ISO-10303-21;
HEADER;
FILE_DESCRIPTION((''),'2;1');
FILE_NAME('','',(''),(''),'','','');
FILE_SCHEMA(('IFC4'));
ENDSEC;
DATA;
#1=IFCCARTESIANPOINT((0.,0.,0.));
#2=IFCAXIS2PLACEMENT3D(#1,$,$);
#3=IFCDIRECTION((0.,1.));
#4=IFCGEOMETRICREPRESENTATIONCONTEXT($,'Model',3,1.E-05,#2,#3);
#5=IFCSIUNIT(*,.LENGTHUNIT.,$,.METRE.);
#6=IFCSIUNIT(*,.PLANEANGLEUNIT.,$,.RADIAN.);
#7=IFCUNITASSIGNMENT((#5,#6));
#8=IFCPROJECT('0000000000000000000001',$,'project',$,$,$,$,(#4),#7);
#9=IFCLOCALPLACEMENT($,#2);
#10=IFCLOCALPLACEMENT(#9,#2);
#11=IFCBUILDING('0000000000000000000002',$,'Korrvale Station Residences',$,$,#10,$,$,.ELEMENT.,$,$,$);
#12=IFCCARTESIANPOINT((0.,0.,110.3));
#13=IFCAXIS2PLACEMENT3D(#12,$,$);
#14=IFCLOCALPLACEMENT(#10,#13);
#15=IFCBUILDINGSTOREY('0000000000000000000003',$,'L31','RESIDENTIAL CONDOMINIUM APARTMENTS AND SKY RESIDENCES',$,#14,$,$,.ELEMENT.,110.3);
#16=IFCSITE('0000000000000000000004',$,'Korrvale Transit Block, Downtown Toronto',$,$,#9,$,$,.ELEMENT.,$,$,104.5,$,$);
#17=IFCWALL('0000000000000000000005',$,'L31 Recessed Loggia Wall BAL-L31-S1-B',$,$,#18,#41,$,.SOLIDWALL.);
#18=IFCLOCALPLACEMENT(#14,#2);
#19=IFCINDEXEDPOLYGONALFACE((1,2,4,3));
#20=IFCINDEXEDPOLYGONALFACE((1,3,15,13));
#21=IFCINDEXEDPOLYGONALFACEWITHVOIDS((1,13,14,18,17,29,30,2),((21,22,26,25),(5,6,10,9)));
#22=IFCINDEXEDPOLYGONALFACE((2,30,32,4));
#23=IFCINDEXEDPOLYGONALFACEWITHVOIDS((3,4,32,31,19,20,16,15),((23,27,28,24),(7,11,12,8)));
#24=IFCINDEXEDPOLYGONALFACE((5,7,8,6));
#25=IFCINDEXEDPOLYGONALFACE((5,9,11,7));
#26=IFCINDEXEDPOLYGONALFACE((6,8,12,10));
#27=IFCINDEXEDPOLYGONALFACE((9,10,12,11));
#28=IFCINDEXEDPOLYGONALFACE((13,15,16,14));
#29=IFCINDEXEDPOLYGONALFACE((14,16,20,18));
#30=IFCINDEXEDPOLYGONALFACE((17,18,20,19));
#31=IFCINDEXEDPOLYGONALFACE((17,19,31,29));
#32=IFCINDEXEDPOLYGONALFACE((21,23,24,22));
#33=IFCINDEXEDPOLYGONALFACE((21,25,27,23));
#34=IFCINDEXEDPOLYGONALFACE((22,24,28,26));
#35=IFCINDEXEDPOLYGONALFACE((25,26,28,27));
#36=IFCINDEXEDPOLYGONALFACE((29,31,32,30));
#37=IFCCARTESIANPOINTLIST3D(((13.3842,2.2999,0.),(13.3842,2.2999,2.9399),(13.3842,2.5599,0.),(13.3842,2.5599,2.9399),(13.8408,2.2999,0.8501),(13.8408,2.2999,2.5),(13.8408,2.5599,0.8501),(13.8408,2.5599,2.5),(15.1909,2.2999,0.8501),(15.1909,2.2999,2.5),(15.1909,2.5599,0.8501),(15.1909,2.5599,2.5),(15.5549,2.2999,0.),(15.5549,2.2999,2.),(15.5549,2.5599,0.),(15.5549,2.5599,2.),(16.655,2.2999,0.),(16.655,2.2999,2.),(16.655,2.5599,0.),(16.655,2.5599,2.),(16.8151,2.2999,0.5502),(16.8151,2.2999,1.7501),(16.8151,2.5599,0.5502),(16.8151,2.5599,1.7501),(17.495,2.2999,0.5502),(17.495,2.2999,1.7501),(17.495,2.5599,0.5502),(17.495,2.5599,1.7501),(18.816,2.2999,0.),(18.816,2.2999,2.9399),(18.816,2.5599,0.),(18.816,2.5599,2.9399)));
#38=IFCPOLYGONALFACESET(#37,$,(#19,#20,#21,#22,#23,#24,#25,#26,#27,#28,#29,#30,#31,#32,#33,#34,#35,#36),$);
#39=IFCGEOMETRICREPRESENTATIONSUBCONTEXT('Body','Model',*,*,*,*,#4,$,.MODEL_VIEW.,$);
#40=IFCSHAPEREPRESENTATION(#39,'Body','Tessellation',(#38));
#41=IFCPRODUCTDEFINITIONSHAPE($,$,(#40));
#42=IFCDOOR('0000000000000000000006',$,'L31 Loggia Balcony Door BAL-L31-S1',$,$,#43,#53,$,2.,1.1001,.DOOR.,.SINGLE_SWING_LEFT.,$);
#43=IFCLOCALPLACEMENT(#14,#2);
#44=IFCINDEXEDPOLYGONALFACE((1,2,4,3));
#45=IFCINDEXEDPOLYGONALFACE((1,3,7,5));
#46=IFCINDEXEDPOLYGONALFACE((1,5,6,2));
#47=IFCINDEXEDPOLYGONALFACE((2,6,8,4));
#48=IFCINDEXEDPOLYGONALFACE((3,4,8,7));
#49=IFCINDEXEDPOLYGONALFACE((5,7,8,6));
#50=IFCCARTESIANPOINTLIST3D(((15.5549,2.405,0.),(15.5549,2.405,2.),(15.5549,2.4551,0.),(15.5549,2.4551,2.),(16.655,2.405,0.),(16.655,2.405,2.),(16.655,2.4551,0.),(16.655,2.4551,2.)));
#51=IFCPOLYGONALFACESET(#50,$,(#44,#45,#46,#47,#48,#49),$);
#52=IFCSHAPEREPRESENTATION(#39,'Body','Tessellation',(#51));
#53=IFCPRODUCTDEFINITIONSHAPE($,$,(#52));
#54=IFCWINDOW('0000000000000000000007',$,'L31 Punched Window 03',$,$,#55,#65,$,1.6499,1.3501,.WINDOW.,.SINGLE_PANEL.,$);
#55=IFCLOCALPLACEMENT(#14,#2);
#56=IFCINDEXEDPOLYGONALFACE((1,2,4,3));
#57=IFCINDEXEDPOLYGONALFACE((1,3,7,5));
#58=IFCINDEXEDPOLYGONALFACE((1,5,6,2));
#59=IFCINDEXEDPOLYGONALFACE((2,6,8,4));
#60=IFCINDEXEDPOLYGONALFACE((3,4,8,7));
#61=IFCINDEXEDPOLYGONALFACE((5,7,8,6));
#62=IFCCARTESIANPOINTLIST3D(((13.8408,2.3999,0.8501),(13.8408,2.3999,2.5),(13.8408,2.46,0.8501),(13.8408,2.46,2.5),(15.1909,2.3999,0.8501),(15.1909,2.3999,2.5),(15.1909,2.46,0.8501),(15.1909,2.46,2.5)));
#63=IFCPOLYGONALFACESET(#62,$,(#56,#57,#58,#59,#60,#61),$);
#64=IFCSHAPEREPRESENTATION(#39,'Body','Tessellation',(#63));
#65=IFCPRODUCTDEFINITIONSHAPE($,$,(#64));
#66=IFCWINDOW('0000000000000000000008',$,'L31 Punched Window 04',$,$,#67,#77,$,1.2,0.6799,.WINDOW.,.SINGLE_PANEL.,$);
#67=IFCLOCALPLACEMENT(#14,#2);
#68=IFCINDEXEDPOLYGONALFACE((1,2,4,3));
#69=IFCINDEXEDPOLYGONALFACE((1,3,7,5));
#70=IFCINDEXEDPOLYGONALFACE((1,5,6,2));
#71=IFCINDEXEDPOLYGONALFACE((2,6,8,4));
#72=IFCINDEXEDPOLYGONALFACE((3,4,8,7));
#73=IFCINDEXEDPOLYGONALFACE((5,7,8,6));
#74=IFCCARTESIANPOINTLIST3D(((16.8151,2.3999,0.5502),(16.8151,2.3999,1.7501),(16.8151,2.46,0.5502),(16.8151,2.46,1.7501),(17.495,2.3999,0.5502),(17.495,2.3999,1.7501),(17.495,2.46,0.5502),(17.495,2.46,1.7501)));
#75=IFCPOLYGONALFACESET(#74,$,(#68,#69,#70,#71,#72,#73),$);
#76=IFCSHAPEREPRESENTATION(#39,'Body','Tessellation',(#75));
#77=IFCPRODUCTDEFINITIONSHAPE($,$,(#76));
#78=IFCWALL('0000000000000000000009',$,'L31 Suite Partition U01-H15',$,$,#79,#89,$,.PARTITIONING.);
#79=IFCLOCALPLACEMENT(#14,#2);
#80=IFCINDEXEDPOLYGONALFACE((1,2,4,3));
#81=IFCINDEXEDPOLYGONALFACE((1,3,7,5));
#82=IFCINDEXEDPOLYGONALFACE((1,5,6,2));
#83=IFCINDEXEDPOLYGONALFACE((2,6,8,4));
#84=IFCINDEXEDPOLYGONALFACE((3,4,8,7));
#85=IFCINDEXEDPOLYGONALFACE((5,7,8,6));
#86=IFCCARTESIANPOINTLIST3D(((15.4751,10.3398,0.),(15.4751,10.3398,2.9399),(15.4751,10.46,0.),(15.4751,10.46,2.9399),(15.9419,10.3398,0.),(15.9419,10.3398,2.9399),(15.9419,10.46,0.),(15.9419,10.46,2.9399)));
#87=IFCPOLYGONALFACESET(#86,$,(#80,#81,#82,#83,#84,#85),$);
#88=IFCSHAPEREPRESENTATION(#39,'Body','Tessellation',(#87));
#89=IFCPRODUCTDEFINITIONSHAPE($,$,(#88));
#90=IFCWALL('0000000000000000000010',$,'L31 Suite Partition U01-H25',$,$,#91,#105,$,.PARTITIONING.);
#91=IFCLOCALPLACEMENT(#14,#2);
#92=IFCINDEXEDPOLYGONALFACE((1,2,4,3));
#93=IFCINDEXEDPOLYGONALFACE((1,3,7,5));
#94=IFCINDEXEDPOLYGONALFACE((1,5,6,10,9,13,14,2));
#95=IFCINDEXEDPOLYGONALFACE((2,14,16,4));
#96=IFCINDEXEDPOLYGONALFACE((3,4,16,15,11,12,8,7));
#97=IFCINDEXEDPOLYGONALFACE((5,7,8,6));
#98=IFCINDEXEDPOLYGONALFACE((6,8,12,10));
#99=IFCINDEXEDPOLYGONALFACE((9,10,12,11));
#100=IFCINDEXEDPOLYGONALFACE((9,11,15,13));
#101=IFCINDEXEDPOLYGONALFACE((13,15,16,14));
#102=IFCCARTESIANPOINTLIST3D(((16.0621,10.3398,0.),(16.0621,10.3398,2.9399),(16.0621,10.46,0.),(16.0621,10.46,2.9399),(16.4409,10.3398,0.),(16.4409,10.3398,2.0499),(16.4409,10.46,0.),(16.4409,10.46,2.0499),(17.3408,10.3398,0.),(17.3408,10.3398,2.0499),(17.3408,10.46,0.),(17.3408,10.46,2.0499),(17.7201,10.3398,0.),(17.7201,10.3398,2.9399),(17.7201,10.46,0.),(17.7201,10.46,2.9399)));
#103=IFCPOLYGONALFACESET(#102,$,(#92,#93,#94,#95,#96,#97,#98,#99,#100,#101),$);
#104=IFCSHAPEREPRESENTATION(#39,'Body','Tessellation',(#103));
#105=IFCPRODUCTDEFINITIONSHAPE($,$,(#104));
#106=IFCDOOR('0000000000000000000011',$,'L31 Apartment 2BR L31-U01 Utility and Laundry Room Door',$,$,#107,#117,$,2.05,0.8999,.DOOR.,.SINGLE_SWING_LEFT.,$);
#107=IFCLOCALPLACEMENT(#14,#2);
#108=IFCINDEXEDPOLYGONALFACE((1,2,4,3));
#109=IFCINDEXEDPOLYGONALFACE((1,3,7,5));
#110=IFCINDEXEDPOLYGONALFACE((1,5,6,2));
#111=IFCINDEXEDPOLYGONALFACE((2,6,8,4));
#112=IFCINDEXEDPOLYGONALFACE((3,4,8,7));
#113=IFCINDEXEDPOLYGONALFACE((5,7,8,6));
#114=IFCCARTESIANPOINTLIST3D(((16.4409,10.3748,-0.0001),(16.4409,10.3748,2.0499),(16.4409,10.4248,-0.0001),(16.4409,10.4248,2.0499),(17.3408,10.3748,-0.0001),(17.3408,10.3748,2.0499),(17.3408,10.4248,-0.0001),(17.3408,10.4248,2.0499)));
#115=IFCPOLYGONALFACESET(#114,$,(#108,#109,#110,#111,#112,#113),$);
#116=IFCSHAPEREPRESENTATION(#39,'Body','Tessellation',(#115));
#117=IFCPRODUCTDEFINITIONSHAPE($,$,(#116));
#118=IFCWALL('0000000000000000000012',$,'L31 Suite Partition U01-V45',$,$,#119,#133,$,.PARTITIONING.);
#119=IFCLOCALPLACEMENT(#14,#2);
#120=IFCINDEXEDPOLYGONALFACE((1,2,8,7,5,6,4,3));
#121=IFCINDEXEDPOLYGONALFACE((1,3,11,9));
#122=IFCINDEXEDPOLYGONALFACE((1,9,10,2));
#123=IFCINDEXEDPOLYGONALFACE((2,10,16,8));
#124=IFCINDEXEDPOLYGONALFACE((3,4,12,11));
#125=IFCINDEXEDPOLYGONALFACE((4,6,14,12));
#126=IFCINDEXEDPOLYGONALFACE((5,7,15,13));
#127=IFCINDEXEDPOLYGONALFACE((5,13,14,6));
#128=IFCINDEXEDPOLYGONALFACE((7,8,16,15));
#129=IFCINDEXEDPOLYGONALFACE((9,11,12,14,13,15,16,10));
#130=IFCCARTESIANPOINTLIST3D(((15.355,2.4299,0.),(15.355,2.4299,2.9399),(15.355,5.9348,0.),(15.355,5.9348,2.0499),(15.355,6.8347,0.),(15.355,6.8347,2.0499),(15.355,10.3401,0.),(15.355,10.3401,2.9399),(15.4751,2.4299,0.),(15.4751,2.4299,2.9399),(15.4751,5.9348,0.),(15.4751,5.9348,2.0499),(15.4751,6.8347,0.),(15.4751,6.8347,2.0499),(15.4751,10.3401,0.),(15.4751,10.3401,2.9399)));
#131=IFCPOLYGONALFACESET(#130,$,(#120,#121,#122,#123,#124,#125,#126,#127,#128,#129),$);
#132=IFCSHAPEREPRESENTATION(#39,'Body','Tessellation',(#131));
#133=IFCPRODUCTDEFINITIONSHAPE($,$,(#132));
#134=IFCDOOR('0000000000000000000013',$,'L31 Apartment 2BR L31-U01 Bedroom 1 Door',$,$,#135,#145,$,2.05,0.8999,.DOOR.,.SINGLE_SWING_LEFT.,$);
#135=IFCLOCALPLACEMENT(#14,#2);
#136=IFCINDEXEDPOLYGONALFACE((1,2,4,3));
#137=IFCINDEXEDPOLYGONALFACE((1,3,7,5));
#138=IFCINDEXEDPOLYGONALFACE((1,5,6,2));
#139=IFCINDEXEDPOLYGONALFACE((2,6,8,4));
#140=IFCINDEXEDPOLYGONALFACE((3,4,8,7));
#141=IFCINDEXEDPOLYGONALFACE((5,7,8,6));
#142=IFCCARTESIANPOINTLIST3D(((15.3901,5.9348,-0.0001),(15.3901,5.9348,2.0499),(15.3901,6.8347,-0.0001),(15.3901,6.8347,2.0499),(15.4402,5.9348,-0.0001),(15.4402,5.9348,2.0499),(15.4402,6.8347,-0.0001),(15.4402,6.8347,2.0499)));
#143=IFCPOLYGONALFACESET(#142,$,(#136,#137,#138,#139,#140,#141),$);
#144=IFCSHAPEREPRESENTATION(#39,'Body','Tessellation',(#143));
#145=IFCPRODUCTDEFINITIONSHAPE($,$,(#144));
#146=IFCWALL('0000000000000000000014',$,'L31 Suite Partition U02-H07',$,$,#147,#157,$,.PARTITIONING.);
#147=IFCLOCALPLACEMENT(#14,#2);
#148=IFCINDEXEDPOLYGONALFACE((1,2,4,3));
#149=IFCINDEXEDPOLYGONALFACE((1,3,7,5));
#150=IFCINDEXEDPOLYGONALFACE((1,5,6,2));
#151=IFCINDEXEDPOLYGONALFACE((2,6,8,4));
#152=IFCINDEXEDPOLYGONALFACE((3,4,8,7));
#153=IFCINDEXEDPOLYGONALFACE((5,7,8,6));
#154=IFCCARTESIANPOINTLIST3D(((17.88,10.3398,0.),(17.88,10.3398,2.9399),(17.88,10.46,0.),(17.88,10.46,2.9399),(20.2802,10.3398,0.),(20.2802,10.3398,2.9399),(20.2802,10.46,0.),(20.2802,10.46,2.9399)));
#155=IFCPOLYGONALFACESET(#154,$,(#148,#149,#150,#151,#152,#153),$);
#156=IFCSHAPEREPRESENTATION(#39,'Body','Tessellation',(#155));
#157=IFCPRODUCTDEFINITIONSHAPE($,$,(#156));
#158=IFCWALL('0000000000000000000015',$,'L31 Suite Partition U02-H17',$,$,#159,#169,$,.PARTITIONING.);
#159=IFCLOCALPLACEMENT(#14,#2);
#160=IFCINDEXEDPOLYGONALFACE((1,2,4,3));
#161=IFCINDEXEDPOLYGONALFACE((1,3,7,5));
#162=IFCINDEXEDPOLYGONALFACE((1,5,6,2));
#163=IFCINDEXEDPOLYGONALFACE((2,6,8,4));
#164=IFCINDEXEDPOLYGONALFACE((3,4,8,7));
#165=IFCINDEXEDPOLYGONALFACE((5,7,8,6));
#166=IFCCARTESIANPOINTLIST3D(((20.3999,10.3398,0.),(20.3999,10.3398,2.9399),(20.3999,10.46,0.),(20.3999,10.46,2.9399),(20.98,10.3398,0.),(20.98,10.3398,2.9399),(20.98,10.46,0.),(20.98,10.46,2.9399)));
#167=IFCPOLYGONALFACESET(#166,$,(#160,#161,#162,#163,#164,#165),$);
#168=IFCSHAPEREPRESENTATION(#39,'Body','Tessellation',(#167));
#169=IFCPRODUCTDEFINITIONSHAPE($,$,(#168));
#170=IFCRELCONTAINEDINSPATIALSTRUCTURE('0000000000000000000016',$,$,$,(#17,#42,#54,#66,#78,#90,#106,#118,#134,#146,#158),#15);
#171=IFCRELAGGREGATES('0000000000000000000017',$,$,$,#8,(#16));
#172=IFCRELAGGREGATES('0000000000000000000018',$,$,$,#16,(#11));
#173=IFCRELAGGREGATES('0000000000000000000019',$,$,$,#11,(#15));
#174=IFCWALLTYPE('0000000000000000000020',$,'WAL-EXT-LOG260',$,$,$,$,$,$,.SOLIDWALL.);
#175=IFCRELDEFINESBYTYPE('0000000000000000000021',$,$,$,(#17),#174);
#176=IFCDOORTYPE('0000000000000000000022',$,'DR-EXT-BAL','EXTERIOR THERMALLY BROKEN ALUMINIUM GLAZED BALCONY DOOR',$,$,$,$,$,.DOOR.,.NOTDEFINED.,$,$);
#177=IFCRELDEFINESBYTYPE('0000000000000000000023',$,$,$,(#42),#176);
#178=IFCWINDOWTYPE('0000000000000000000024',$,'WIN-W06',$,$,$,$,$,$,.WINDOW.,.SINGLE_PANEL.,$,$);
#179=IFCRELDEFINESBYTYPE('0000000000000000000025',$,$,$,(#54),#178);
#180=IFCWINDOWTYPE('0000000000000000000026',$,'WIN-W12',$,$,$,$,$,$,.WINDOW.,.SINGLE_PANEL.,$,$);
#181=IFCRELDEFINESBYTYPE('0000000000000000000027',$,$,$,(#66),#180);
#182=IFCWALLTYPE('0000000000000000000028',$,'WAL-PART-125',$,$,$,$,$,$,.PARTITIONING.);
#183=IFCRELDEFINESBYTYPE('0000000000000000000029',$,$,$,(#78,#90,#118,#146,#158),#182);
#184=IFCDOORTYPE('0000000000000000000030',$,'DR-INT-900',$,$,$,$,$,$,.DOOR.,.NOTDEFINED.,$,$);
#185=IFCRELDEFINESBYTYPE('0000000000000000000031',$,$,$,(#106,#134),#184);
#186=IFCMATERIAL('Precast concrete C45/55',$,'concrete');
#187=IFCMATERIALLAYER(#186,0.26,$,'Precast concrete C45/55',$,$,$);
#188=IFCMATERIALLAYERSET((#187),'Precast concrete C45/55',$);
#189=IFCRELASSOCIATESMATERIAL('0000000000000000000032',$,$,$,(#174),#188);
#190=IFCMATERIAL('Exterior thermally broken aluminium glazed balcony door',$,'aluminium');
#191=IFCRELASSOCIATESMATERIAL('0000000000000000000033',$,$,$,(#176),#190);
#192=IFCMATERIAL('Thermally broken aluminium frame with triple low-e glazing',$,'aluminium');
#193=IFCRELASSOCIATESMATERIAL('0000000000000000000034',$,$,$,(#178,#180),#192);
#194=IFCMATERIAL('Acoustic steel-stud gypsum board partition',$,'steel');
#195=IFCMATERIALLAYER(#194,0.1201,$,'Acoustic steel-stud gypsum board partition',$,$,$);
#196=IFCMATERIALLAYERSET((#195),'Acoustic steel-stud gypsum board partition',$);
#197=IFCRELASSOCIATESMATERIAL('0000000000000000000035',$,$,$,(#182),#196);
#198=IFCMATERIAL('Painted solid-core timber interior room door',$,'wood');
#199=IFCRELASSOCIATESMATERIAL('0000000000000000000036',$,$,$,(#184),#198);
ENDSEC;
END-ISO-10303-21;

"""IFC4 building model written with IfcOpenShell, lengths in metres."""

from ifc_helpers import new_model, si_unit, direction, frame, frame_2d, origin, place, context, subcontext, project, spatial, rectangle, extrude, material, layer, layer_set, type_object, element, fill, save


model = new_model("IFC4")

# Units and contexts
model_context = context("Model", 3, precision=1e-05, world=origin(), true_north=direction((0.0, 1.0)))
body_context = subcontext(model_context, "Body", "Model", "MODEL_VIEW")
ifc_project = project(units=[si_unit("LENGTHUNIT", "METRE"), si_unit("PLANEANGLEUNIT", "RADIAN")], contexts=[model_context])

# Site, building, storey
site_placement = place(None, origin())
site = spatial("IfcSite", under=ifc_project, at=site_placement, Name="Korrvale Transit Block, Downtown Toronto", CompositionType="ELEMENT", RefElevation=104.5)
building_placement = place(site_placement, origin())
building = spatial("IfcBuilding", under=site, at=building_placement, Name="Korrvale Station Residences", CompositionType="ELEMENT")
storey_placement = place(building_placement, frame((0.0, 0.0, 110.3)))
storey = spatial("IfcBuildingStorey", under=building, at=storey_placement, Name="L31", Description="RESIDENTIAL CONDOMINIUM APARTMENTS AND SKY RESIDENCES", CompositionType="ELEMENT", Elevation=110.3)

# Shared definitions
ifc_material_1 = material(Name="Precast concrete C45/55", Category="concrete")
ifc_layer_1 = layer(ifc_material_1, 0.26, Name="Precast concrete C45/55")
ifc_layer_set_1 = layer_set([ifc_layer_1], Name="Precast concrete C45/55")
wall_type_1 = type_object("IfcWallType", Name="WAL-EXT-LOG260", PredefinedType="SOLIDWALL", material=ifc_layer_set_1)

# Wall, openings, door, windows
wall_1_placement = place(storey_placement, frame((18.8159, 2.4299, 0.0), z_axis=(0.0, 0.0, 1.0), x_axis=(-1.0, 0.0, 0.0)))
wall_1 = element("IfcWall", 1, at=wall_1_placement, inside=storey, type_object=wall_type_1, Name="L31 Recessed Loggia Wall BAL-L31-S1-B", PredefinedType="SOLIDWALL", context=body_context, shape_type="SweptSolid", body=[
    extrude(rectangle(XDim=5.4319, YDim=0.26, at=frame_2d((2.7158, 0.0))), origin(), (0.0, 0.0, 1.0), 2.9399),
])
opening_1_placement = place(wall_1_placement, frame((2.1609, 0.0, 0.0)))
opening_1 = element("IfcOpeningElement", 2, at=opening_1_placement, cuts=wall_1, PredefinedType="OPENING", context=body_context, shape_type="SweptSolid", body=[
    extrude(rectangle(XDim=1.1001, YDim=2.0, at=frame_2d((0.55, 1.0))), frame((0.0, 0.1401, 0.0), z_axis=(0.0, -1.0, 0.0), x_axis=(1.0, 0.0, 0.0)), (0.0, 0.0, 1.0), 0.28),
])
opening_2_placement = place(wall_1_placement, frame((3.625, 0.0, 0.8501)))
opening_2 = element("IfcOpeningElement", 3, at=opening_2_placement, cuts=wall_1, PredefinedType="OPENING", context=body_context, shape_type="SweptSolid", body=[
    extrude(rectangle(XDim=1.3501, YDim=1.6499, at=frame_2d((0.675, 0.825))), frame((0.0, 0.1401, 0.0), z_axis=(0.0, -1.0, 0.0), x_axis=(1.0, 0.0, 0.0)), (0.0, 0.0, 1.0), 0.28),
])
opening_3_placement = place(wall_1_placement, frame((1.321, 0.0, 0.55)))
opening_3 = element("IfcOpeningElement", 4, at=opening_3_placement, cuts=wall_1, PredefinedType="OPENING", context=body_context, shape_type="SweptSolid", body=[
    extrude(rectangle(XDim=0.6799, YDim=1.2, at=frame_2d((0.3398, 0.6001))), frame((0.0, 0.1401, 0.0), z_axis=(0.0, -1.0, 0.0), x_axis=(1.0, 0.0, 0.0)), (0.0, 0.0, 1.0), 0.28),
])
ifc_material_2 = material(Name="Exterior thermally broken aluminium glazed balcony door", Category="aluminium")
door_type_1 = type_object("IfcDoorType", Name="DR-EXT-BAL", Description="EXTERIOR THERMALLY BROKEN ALUMINIUM GLAZED BALCONY DOOR", OperationType="NOTDEFINED", PredefinedType="DOOR", material=ifc_material_2)
door_1_placement = place(opening_1_placement, origin())
door_1 = element("IfcDoor", 5, at=door_1_placement, inside=storey, type_object=door_type_1, Name="L31 Loggia Balcony Door BAL-L31-S1", OperationType="SINGLE_SWING_LEFT", OverallHeight=2.0, OverallWidth=1.1001, PredefinedType="DOOR", context=body_context, shape_type="SweptSolid", body=[
    extrude(rectangle(XDim=1.1001, YDim=2.0, at=frame_2d((0.55, 1.0))), frame((0.0, 0.0249, 0.0), z_axis=(0.0, -1.0, 0.0), x_axis=(1.0, 0.0, 0.0)), (0.0, 0.0, 1.0), 0.05),
])
fill(opening_1, door_1)
ifc_material_3 = material(Name="Thermally broken aluminium frame with triple low-e glazing", Category="aluminium")
window_type_1 = type_object("IfcWindowType", Name="WIN-W06", PartitioningType="SINGLE_PANEL", PredefinedType="WINDOW", material=ifc_material_3)
window_1_placement = place(opening_2_placement, origin())
window_1 = element("IfcWindow", 6, at=window_1_placement, inside=storey, type_object=window_type_1, Name="L31 Punched Window 03", OverallHeight=1.6499, OverallWidth=1.3501, PartitioningType="SINGLE_PANEL", PredefinedType="WINDOW", context=body_context, shape_type="SweptSolid", body=[
    extrude(rectangle(XDim=1.3501, YDim=1.6499, at=frame_2d((0.675, 0.825))), frame((0.0, 0.03, 0.0), z_axis=(0.0, -1.0, 0.0), x_axis=(1.0, 0.0, 0.0)), (0.0, 0.0, 1.0), 0.0601),
])
fill(opening_2, window_1)
window_type_2 = type_object("IfcWindowType", Name="WIN-W12", PartitioningType="SINGLE_PANEL", PredefinedType="WINDOW", material=ifc_material_3)
window_2_placement = place(opening_3_placement, origin())
window_2 = element("IfcWindow", 7, at=window_2_placement, inside=storey, type_object=window_type_2, Name="L31 Punched Window 04", OverallHeight=1.2, OverallWidth=0.6799, PartitioningType="SINGLE_PANEL", PredefinedType="WINDOW", context=body_context, shape_type="SweptSolid", body=[
    extrude(rectangle(XDim=0.6799, YDim=1.2, at=frame_2d((0.3398, 0.6001))), frame((0.0, 0.03, 0.0), z_axis=(0.0, -1.0, 0.0), x_axis=(1.0, 0.0, 0.0)), (0.0, 0.0, 1.0), 0.0601),
])
fill(opening_3, window_2)

# Wall
ifc_material_4 = material(Name="Acoustic steel-stud gypsum board partition", Category="steel")
ifc_layer_2 = layer(ifc_material_4, 0.1201, Name="Acoustic steel-stud gypsum board partition")
ifc_layer_set_2 = layer_set([ifc_layer_2], Name="Acoustic steel-stud gypsum board partition")
wall_type_2 = type_object("IfcWallType", Name="WAL-PART-125", PredefinedType="PARTITIONING", material=ifc_layer_set_2)
wall_2_placement = place(storey_placement, frame((15.4751, 10.3999, 0.0), z_axis=(0.0, 0.0, 1.0), x_axis=(1.0, 0.0, 0.0)))
element("IfcWall", 8, at=wall_2_placement, inside=storey, type_object=wall_type_2, Name="L31 Suite Partition U01-H15", PredefinedType="PARTITIONING", context=body_context, shape_type="SweptSolid", body=[
    extrude(rectangle(XDim=0.4668, YDim=0.1201, at=frame_2d((0.2334, 0.0))), origin(), (0.0, 0.0, 1.0), 2.9399),
])

# Walls, openings, doors
wall_3_placement = place(storey_placement, frame((16.062, 10.3999, 0.0), z_axis=(0.0, 0.0, 1.0), x_axis=(1.0, 0.0, 0.0)))
wall_3 = element("IfcWall", 9, at=wall_3_placement, inside=storey, type_object=wall_type_2, Name="L31 Suite Partition U01-H25", PredefinedType="PARTITIONING", context=body_context, shape_type="SweptSolid", body=[
    extrude(rectangle(XDim=1.658, YDim=0.1201, at=frame_2d((0.8291, 0.0))), origin(), (0.0, 0.0, 1.0), 2.9399),
])
opening_4_placement = place(wall_3_placement, frame((0.3789, 0.0, 0.0)))
opening_4 = element("IfcOpeningElement", 10, at=opening_4_placement, cuts=wall_3, PredefinedType="OPENING", context=body_context, shape_type="SweptSolid", body=[
    extrude(rectangle(XDim=0.8999, YDim=2.05, at=frame_2d((0.45, 1.0249))), frame((0.0, 0.0701, 0.0), z_axis=(0.0, -1.0, 0.0), x_axis=(1.0, 0.0, 0.0)), (0.0, 0.0, 1.0), 0.1401),
])
ifc_material_5 = material(Name="Painted solid-core timber interior room door", Category="wood")
door_type_2 = type_object("IfcDoorType", Name="DR-INT-900", OperationType="NOTDEFINED", PredefinedType="DOOR", material=ifc_material_5)
door_2_placement = place(opening_4_placement, origin())
door_2 = element("IfcDoor", 11, at=door_2_placement, inside=storey, type_object=door_type_2, Name="L31 Apartment 2BR L31-U01 Utility and Laundry Room Door", OperationType="SINGLE_SWING_LEFT", OverallHeight=2.05, OverallWidth=0.8999, PredefinedType="DOOR", context=body_context, shape_type="SweptSolid", body=[
    extrude(rectangle(XDim=0.8999, YDim=2.05, at=frame_2d((0.45, 1.0249))), frame((0.0, 0.0249, 0.0), z_axis=(0.0, -1.0, 0.0), x_axis=(1.0, 0.0, 0.0)), (0.0, 0.0, 1.0), 0.05),
])
fill(opening_4, door_2)
wall_4_placement = place(storey_placement, frame((15.415, 2.4299, 0.0), z_axis=(0.0, 0.0, 1.0), x_axis=(0.0, 1.0, 0.0)))
wall_4 = element("IfcWall", 12, at=wall_4_placement, inside=storey, type_object=wall_type_2, Name="L31 Suite Partition U01-V45", PredefinedType="PARTITIONING", context=body_context, shape_type="SweptSolid", body=[
    extrude(rectangle(XDim=7.9102, YDim=0.1201, at=frame_2d((3.9551, 0.0))), origin(), (0.0, 0.0, 1.0), 2.9399),
])
opening_5_placement = place(wall_4_placement, frame((3.5049, 0.0, 0.0)))
opening_5 = element("IfcOpeningElement", 13, at=opening_5_placement, cuts=wall_4, PredefinedType="OPENING", context=body_context, shape_type="SweptSolid", body=[
    extrude(rectangle(XDim=0.8999, YDim=2.05, at=frame_2d((0.45, 1.0249))), frame((0.0, 0.0701, 0.0), z_axis=(0.0, -1.0, 0.0), x_axis=(1.0, 0.0, 0.0)), (0.0, 0.0, 1.0), 0.1401),
])
door_3_placement = place(opening_5_placement, origin())
door_3 = element("IfcDoor", 14, at=door_3_placement, inside=storey, type_object=door_type_2, Name="L31 Apartment 2BR L31-U01 Bedroom 1 Door", OperationType="SINGLE_SWING_LEFT", OverallHeight=2.05, OverallWidth=0.8999, PredefinedType="DOOR", context=body_context, shape_type="SweptSolid", body=[
    extrude(rectangle(XDim=0.8999, YDim=2.05, at=frame_2d((0.45, 1.0249))), frame((0.0, 0.0249, 0.0), z_axis=(0.0, -1.0, 0.0), x_axis=(1.0, 0.0, 0.0)), (0.0, 0.0, 1.0), 0.05),
])
fill(opening_5, door_3)

# Walls
wall_5_placement = place(storey_placement, frame((17.8799, 10.3999, 0.0), z_axis=(0.0, 0.0, 1.0), x_axis=(1.0, 0.0, 0.0)))
element("IfcWall", 15, at=wall_5_placement, inside=storey, type_object=wall_type_2, Name="L31 Suite Partition U02-H07", PredefinedType="PARTITIONING", context=body_context, shape_type="SweptSolid", body=[
    extrude(rectangle(XDim=2.4001, YDim=0.1201, at=frame_2d((1.2002, 0.0))), origin(), (0.0, 0.0, 1.0), 2.9399),
])
wall_6_placement = place(storey_placement, frame((20.3999, 10.3999, 0.0), z_axis=(0.0, 0.0, 1.0), x_axis=(1.0, 0.0, 0.0)))
element("IfcWall", 16, at=wall_6_placement, inside=storey, type_object=wall_type_2, Name="L31 Suite Partition U02-H17", PredefinedType="PARTITIONING", context=body_context, shape_type="SweptSolid", body=[
    extrude(rectangle(XDim=0.5801, YDim=0.1201, at=frame_2d((0.29, 0.0))), origin(), (0.0, 0.0, 1.0), 2.9399),
])

save(model, "model.ifc")
